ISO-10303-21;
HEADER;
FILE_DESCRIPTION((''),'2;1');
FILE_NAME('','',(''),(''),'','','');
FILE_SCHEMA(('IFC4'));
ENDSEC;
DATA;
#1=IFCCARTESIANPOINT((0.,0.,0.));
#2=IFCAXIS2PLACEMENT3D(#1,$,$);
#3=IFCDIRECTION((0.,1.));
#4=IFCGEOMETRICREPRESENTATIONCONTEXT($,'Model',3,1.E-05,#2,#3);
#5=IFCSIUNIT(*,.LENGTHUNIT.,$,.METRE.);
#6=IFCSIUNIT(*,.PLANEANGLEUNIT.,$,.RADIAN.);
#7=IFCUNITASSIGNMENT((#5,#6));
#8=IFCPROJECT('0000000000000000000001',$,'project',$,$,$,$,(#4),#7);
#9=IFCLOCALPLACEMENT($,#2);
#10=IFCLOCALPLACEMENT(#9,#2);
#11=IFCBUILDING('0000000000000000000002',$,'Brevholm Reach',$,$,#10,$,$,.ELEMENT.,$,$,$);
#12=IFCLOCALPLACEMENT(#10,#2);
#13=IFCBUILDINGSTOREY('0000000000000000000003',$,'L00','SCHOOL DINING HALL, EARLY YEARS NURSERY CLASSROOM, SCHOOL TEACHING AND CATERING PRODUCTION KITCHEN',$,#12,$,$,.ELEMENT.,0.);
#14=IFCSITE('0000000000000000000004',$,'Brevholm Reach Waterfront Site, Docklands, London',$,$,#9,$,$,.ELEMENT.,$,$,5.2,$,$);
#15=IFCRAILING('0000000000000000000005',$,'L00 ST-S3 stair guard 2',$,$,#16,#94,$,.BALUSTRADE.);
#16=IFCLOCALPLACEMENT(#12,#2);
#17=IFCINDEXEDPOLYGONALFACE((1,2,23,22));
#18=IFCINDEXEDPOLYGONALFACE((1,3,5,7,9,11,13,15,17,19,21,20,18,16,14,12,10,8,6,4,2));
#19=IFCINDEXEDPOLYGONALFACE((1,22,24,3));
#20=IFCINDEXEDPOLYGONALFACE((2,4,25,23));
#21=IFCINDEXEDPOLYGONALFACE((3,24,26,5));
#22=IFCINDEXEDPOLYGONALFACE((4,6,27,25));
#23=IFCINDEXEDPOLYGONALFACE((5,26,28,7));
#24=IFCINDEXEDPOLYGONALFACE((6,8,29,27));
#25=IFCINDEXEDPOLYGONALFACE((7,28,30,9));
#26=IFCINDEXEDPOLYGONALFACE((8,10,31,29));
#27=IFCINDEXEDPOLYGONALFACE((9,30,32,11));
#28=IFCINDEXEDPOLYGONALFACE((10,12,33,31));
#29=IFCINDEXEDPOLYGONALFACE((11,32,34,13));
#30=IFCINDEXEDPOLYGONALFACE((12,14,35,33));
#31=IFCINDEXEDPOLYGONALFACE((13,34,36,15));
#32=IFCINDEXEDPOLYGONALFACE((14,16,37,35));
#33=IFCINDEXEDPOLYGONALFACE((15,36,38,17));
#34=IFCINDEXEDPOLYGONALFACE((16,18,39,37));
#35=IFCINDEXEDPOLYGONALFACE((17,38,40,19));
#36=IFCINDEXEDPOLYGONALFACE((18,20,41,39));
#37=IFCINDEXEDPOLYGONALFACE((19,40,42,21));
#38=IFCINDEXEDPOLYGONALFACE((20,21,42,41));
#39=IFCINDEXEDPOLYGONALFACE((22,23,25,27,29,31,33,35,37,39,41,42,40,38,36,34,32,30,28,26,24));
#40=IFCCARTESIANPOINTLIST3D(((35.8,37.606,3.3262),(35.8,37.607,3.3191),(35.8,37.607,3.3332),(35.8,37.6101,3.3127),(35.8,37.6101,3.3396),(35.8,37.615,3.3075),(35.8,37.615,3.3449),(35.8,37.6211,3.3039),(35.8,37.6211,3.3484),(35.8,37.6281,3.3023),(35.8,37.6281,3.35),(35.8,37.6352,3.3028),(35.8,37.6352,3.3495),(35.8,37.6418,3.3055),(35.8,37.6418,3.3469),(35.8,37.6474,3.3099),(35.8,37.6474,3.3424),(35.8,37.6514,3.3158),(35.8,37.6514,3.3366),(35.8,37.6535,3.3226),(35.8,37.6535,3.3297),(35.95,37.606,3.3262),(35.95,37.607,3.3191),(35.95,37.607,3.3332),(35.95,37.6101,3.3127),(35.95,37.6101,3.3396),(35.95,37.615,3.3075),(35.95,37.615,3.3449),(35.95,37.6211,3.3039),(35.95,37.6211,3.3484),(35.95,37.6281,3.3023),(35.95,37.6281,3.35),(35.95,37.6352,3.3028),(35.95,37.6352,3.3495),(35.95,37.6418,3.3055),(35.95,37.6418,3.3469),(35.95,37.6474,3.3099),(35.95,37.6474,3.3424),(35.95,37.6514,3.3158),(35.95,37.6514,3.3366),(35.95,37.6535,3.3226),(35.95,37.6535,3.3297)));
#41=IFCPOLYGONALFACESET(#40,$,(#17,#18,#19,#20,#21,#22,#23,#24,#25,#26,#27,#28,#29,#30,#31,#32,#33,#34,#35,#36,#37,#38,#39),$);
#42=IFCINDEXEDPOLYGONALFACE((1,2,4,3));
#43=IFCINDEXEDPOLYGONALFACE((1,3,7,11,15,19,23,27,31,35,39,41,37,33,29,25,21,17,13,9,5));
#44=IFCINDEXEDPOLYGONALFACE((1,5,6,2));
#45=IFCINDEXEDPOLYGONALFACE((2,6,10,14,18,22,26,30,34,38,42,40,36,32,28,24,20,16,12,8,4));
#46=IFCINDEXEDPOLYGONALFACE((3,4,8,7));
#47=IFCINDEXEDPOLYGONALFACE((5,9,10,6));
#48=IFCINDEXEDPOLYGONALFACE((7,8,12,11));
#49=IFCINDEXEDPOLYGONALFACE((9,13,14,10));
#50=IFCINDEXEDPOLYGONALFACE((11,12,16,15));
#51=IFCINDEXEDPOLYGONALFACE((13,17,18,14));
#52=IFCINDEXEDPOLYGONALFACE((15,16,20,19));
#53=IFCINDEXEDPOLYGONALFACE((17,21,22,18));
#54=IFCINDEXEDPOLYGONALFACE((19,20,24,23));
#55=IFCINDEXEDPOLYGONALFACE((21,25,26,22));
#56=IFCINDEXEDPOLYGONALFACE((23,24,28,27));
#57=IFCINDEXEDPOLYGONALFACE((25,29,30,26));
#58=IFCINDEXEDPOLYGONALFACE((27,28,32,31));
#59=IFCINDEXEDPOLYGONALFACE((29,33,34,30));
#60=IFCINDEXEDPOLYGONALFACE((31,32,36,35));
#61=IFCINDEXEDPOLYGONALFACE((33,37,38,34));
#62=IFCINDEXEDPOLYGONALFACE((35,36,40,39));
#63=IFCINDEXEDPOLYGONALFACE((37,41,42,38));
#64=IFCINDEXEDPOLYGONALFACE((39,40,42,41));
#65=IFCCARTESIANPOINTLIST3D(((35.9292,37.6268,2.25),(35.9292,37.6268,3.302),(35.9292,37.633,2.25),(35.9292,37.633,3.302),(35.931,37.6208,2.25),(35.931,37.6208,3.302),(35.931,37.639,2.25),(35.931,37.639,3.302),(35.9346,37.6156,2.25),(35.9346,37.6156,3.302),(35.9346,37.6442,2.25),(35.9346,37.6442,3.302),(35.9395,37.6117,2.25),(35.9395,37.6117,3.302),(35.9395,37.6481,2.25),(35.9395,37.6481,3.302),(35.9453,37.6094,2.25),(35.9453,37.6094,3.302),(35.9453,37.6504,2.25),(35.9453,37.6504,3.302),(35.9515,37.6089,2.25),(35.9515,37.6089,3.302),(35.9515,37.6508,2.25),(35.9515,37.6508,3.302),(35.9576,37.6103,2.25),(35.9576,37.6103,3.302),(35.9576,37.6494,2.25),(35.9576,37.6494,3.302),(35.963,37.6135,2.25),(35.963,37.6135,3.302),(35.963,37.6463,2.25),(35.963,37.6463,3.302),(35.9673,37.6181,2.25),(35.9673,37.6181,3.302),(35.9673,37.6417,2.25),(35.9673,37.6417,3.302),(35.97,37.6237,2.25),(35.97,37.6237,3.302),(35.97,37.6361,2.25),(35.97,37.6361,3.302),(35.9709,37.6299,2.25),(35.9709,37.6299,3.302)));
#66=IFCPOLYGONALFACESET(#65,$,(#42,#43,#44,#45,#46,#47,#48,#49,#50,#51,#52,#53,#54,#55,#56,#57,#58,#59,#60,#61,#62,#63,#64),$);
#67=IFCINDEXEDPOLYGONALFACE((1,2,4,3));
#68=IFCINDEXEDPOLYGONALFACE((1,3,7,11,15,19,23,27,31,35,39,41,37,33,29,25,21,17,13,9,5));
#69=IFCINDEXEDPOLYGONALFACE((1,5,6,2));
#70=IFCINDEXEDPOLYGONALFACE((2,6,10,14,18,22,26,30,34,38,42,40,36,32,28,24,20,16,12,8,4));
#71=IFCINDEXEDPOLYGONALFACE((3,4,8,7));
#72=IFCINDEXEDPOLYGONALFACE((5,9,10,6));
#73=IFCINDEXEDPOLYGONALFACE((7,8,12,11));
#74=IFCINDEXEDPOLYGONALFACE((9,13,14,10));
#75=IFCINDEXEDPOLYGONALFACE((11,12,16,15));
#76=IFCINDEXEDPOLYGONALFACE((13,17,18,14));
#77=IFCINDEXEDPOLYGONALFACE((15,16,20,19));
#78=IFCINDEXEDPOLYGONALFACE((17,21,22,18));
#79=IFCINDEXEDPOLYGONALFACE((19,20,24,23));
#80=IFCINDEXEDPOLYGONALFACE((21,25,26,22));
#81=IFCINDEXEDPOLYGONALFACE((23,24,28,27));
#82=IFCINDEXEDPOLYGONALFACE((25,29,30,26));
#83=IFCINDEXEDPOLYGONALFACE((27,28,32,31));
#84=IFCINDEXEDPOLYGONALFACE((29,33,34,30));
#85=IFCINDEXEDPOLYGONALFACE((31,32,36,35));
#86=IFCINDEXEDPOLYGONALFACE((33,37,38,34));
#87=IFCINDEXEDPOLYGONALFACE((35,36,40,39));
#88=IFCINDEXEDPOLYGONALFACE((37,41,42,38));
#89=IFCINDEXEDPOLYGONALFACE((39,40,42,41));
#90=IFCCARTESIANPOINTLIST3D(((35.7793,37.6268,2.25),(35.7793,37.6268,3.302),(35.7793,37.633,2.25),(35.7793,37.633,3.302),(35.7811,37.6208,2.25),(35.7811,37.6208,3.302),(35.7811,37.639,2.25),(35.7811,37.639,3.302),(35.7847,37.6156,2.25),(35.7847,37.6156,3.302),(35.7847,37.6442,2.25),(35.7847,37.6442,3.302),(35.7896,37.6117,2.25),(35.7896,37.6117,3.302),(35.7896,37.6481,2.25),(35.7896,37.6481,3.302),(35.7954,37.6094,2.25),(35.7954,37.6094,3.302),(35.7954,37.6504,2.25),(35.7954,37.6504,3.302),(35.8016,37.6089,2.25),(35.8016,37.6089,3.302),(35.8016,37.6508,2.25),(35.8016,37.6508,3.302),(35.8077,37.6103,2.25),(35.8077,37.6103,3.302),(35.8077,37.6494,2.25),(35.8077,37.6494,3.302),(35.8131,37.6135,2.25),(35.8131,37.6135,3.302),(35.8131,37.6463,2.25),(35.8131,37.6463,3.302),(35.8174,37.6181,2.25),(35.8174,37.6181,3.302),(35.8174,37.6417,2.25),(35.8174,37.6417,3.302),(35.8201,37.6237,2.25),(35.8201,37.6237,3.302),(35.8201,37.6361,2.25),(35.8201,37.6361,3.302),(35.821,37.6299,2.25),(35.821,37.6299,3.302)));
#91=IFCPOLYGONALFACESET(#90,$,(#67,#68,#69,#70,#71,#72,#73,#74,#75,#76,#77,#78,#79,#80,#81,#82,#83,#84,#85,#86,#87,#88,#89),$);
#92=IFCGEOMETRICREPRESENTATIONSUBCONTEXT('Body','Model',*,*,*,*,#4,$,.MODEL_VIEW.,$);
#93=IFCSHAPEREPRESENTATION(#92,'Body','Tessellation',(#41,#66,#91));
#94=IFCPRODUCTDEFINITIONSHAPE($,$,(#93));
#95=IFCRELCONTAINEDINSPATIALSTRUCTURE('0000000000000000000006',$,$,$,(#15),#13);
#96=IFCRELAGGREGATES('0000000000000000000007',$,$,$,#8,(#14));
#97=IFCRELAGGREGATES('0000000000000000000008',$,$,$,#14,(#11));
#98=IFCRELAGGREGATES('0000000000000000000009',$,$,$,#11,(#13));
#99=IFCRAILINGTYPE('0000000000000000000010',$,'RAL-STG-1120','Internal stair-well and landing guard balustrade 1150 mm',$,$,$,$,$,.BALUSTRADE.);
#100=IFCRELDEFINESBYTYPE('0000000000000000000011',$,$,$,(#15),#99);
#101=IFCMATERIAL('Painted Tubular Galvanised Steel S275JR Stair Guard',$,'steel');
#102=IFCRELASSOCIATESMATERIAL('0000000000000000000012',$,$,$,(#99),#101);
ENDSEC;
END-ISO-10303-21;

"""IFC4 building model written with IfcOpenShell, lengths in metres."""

from ifc_helpers import new_model, si_unit, direction, frame, origin, origin_2d, place, context, subcontext, project, spatial, circle, extrude, material, type_object, element, save


model = new_model("IFC4")

# Units and contexts
model_context = context("Model", 3, precision=1e-05, world=origin(), true_north=direction((0.0, 1.0)))
body_context = subcontext(model_context, "Body", "Model", "MODEL_VIEW")
ifc_project = project(units=[si_unit("LENGTHUNIT", "METRE"), si_unit("PLANEANGLEUNIT", "RADIAN")], contexts=[model_context])

# Site, building, storey
site_placement = place(None, origin())
site = spatial("IfcSite", under=ifc_project, at=site_placement, Name="Brevholm Reach Waterfront Site, Docklands, London", CompositionType="ELEMENT", RefElevation=5.2)
building_placement = place(site_placement, origin())
building = spatial("IfcBuilding", under=site, at=building_placement, Name="Brevholm Reach", CompositionType="ELEMENT")
storey_placement = place(building_placement, origin())
storey = spatial("IfcBuildingStorey", under=building, at=storey_placement, Name="L00", Description="SCHOOL DINING HALL, EARLY YEARS NURSERY CLASSROOM, SCHOOL TEACHING AND CATERING PRODUCTION KITCHEN", CompositionType="ELEMENT", Elevation=0.0)

# Railing
ifc_material_1 = material(Name="Painted Tubular Galvanised Steel S275JR Stair Guard", Category="steel")
railing_type_1 = type_object("IfcRailingType", Name="RAL-STG-1120", Description="Internal stair-well and landing guard balustrade 1150 mm", PredefinedType="BALUSTRADE", material=ifc_material_1)
railing_1_placement = place(storey_placement, frame((35.95, 37.6299, 2.25)))
element("IfcRailing", 1, at=railing_1_placement, inside=storey, type_object=railing_type_1, Name="L00 ST-S3 stair guard 2", PredefinedType="BALUSTRADE", context=body_context, shape_type="SweptSolid", body=[
    extrude(circle(Radius=0.0239, at=origin_2d()), frame((0.0, 0.0, 1.0762), z_axis=(-1.0, 0.0, 0.0), x_axis=(0.0, -1.0, 0.0)), (0.0, 0.0, 1.0), 0.1499),
    extrude(circle(Radius=0.021, at=origin_2d()), origin(), (0.0, 0.0, 1.0), 1.052),
    extrude(circle(Radius=0.021, at=origin_2d()), frame((-0.1499, 0.0, 0.0)), (0.0, 0.0, 1.0), 1.052),
])

save(model, "model.ifc")
